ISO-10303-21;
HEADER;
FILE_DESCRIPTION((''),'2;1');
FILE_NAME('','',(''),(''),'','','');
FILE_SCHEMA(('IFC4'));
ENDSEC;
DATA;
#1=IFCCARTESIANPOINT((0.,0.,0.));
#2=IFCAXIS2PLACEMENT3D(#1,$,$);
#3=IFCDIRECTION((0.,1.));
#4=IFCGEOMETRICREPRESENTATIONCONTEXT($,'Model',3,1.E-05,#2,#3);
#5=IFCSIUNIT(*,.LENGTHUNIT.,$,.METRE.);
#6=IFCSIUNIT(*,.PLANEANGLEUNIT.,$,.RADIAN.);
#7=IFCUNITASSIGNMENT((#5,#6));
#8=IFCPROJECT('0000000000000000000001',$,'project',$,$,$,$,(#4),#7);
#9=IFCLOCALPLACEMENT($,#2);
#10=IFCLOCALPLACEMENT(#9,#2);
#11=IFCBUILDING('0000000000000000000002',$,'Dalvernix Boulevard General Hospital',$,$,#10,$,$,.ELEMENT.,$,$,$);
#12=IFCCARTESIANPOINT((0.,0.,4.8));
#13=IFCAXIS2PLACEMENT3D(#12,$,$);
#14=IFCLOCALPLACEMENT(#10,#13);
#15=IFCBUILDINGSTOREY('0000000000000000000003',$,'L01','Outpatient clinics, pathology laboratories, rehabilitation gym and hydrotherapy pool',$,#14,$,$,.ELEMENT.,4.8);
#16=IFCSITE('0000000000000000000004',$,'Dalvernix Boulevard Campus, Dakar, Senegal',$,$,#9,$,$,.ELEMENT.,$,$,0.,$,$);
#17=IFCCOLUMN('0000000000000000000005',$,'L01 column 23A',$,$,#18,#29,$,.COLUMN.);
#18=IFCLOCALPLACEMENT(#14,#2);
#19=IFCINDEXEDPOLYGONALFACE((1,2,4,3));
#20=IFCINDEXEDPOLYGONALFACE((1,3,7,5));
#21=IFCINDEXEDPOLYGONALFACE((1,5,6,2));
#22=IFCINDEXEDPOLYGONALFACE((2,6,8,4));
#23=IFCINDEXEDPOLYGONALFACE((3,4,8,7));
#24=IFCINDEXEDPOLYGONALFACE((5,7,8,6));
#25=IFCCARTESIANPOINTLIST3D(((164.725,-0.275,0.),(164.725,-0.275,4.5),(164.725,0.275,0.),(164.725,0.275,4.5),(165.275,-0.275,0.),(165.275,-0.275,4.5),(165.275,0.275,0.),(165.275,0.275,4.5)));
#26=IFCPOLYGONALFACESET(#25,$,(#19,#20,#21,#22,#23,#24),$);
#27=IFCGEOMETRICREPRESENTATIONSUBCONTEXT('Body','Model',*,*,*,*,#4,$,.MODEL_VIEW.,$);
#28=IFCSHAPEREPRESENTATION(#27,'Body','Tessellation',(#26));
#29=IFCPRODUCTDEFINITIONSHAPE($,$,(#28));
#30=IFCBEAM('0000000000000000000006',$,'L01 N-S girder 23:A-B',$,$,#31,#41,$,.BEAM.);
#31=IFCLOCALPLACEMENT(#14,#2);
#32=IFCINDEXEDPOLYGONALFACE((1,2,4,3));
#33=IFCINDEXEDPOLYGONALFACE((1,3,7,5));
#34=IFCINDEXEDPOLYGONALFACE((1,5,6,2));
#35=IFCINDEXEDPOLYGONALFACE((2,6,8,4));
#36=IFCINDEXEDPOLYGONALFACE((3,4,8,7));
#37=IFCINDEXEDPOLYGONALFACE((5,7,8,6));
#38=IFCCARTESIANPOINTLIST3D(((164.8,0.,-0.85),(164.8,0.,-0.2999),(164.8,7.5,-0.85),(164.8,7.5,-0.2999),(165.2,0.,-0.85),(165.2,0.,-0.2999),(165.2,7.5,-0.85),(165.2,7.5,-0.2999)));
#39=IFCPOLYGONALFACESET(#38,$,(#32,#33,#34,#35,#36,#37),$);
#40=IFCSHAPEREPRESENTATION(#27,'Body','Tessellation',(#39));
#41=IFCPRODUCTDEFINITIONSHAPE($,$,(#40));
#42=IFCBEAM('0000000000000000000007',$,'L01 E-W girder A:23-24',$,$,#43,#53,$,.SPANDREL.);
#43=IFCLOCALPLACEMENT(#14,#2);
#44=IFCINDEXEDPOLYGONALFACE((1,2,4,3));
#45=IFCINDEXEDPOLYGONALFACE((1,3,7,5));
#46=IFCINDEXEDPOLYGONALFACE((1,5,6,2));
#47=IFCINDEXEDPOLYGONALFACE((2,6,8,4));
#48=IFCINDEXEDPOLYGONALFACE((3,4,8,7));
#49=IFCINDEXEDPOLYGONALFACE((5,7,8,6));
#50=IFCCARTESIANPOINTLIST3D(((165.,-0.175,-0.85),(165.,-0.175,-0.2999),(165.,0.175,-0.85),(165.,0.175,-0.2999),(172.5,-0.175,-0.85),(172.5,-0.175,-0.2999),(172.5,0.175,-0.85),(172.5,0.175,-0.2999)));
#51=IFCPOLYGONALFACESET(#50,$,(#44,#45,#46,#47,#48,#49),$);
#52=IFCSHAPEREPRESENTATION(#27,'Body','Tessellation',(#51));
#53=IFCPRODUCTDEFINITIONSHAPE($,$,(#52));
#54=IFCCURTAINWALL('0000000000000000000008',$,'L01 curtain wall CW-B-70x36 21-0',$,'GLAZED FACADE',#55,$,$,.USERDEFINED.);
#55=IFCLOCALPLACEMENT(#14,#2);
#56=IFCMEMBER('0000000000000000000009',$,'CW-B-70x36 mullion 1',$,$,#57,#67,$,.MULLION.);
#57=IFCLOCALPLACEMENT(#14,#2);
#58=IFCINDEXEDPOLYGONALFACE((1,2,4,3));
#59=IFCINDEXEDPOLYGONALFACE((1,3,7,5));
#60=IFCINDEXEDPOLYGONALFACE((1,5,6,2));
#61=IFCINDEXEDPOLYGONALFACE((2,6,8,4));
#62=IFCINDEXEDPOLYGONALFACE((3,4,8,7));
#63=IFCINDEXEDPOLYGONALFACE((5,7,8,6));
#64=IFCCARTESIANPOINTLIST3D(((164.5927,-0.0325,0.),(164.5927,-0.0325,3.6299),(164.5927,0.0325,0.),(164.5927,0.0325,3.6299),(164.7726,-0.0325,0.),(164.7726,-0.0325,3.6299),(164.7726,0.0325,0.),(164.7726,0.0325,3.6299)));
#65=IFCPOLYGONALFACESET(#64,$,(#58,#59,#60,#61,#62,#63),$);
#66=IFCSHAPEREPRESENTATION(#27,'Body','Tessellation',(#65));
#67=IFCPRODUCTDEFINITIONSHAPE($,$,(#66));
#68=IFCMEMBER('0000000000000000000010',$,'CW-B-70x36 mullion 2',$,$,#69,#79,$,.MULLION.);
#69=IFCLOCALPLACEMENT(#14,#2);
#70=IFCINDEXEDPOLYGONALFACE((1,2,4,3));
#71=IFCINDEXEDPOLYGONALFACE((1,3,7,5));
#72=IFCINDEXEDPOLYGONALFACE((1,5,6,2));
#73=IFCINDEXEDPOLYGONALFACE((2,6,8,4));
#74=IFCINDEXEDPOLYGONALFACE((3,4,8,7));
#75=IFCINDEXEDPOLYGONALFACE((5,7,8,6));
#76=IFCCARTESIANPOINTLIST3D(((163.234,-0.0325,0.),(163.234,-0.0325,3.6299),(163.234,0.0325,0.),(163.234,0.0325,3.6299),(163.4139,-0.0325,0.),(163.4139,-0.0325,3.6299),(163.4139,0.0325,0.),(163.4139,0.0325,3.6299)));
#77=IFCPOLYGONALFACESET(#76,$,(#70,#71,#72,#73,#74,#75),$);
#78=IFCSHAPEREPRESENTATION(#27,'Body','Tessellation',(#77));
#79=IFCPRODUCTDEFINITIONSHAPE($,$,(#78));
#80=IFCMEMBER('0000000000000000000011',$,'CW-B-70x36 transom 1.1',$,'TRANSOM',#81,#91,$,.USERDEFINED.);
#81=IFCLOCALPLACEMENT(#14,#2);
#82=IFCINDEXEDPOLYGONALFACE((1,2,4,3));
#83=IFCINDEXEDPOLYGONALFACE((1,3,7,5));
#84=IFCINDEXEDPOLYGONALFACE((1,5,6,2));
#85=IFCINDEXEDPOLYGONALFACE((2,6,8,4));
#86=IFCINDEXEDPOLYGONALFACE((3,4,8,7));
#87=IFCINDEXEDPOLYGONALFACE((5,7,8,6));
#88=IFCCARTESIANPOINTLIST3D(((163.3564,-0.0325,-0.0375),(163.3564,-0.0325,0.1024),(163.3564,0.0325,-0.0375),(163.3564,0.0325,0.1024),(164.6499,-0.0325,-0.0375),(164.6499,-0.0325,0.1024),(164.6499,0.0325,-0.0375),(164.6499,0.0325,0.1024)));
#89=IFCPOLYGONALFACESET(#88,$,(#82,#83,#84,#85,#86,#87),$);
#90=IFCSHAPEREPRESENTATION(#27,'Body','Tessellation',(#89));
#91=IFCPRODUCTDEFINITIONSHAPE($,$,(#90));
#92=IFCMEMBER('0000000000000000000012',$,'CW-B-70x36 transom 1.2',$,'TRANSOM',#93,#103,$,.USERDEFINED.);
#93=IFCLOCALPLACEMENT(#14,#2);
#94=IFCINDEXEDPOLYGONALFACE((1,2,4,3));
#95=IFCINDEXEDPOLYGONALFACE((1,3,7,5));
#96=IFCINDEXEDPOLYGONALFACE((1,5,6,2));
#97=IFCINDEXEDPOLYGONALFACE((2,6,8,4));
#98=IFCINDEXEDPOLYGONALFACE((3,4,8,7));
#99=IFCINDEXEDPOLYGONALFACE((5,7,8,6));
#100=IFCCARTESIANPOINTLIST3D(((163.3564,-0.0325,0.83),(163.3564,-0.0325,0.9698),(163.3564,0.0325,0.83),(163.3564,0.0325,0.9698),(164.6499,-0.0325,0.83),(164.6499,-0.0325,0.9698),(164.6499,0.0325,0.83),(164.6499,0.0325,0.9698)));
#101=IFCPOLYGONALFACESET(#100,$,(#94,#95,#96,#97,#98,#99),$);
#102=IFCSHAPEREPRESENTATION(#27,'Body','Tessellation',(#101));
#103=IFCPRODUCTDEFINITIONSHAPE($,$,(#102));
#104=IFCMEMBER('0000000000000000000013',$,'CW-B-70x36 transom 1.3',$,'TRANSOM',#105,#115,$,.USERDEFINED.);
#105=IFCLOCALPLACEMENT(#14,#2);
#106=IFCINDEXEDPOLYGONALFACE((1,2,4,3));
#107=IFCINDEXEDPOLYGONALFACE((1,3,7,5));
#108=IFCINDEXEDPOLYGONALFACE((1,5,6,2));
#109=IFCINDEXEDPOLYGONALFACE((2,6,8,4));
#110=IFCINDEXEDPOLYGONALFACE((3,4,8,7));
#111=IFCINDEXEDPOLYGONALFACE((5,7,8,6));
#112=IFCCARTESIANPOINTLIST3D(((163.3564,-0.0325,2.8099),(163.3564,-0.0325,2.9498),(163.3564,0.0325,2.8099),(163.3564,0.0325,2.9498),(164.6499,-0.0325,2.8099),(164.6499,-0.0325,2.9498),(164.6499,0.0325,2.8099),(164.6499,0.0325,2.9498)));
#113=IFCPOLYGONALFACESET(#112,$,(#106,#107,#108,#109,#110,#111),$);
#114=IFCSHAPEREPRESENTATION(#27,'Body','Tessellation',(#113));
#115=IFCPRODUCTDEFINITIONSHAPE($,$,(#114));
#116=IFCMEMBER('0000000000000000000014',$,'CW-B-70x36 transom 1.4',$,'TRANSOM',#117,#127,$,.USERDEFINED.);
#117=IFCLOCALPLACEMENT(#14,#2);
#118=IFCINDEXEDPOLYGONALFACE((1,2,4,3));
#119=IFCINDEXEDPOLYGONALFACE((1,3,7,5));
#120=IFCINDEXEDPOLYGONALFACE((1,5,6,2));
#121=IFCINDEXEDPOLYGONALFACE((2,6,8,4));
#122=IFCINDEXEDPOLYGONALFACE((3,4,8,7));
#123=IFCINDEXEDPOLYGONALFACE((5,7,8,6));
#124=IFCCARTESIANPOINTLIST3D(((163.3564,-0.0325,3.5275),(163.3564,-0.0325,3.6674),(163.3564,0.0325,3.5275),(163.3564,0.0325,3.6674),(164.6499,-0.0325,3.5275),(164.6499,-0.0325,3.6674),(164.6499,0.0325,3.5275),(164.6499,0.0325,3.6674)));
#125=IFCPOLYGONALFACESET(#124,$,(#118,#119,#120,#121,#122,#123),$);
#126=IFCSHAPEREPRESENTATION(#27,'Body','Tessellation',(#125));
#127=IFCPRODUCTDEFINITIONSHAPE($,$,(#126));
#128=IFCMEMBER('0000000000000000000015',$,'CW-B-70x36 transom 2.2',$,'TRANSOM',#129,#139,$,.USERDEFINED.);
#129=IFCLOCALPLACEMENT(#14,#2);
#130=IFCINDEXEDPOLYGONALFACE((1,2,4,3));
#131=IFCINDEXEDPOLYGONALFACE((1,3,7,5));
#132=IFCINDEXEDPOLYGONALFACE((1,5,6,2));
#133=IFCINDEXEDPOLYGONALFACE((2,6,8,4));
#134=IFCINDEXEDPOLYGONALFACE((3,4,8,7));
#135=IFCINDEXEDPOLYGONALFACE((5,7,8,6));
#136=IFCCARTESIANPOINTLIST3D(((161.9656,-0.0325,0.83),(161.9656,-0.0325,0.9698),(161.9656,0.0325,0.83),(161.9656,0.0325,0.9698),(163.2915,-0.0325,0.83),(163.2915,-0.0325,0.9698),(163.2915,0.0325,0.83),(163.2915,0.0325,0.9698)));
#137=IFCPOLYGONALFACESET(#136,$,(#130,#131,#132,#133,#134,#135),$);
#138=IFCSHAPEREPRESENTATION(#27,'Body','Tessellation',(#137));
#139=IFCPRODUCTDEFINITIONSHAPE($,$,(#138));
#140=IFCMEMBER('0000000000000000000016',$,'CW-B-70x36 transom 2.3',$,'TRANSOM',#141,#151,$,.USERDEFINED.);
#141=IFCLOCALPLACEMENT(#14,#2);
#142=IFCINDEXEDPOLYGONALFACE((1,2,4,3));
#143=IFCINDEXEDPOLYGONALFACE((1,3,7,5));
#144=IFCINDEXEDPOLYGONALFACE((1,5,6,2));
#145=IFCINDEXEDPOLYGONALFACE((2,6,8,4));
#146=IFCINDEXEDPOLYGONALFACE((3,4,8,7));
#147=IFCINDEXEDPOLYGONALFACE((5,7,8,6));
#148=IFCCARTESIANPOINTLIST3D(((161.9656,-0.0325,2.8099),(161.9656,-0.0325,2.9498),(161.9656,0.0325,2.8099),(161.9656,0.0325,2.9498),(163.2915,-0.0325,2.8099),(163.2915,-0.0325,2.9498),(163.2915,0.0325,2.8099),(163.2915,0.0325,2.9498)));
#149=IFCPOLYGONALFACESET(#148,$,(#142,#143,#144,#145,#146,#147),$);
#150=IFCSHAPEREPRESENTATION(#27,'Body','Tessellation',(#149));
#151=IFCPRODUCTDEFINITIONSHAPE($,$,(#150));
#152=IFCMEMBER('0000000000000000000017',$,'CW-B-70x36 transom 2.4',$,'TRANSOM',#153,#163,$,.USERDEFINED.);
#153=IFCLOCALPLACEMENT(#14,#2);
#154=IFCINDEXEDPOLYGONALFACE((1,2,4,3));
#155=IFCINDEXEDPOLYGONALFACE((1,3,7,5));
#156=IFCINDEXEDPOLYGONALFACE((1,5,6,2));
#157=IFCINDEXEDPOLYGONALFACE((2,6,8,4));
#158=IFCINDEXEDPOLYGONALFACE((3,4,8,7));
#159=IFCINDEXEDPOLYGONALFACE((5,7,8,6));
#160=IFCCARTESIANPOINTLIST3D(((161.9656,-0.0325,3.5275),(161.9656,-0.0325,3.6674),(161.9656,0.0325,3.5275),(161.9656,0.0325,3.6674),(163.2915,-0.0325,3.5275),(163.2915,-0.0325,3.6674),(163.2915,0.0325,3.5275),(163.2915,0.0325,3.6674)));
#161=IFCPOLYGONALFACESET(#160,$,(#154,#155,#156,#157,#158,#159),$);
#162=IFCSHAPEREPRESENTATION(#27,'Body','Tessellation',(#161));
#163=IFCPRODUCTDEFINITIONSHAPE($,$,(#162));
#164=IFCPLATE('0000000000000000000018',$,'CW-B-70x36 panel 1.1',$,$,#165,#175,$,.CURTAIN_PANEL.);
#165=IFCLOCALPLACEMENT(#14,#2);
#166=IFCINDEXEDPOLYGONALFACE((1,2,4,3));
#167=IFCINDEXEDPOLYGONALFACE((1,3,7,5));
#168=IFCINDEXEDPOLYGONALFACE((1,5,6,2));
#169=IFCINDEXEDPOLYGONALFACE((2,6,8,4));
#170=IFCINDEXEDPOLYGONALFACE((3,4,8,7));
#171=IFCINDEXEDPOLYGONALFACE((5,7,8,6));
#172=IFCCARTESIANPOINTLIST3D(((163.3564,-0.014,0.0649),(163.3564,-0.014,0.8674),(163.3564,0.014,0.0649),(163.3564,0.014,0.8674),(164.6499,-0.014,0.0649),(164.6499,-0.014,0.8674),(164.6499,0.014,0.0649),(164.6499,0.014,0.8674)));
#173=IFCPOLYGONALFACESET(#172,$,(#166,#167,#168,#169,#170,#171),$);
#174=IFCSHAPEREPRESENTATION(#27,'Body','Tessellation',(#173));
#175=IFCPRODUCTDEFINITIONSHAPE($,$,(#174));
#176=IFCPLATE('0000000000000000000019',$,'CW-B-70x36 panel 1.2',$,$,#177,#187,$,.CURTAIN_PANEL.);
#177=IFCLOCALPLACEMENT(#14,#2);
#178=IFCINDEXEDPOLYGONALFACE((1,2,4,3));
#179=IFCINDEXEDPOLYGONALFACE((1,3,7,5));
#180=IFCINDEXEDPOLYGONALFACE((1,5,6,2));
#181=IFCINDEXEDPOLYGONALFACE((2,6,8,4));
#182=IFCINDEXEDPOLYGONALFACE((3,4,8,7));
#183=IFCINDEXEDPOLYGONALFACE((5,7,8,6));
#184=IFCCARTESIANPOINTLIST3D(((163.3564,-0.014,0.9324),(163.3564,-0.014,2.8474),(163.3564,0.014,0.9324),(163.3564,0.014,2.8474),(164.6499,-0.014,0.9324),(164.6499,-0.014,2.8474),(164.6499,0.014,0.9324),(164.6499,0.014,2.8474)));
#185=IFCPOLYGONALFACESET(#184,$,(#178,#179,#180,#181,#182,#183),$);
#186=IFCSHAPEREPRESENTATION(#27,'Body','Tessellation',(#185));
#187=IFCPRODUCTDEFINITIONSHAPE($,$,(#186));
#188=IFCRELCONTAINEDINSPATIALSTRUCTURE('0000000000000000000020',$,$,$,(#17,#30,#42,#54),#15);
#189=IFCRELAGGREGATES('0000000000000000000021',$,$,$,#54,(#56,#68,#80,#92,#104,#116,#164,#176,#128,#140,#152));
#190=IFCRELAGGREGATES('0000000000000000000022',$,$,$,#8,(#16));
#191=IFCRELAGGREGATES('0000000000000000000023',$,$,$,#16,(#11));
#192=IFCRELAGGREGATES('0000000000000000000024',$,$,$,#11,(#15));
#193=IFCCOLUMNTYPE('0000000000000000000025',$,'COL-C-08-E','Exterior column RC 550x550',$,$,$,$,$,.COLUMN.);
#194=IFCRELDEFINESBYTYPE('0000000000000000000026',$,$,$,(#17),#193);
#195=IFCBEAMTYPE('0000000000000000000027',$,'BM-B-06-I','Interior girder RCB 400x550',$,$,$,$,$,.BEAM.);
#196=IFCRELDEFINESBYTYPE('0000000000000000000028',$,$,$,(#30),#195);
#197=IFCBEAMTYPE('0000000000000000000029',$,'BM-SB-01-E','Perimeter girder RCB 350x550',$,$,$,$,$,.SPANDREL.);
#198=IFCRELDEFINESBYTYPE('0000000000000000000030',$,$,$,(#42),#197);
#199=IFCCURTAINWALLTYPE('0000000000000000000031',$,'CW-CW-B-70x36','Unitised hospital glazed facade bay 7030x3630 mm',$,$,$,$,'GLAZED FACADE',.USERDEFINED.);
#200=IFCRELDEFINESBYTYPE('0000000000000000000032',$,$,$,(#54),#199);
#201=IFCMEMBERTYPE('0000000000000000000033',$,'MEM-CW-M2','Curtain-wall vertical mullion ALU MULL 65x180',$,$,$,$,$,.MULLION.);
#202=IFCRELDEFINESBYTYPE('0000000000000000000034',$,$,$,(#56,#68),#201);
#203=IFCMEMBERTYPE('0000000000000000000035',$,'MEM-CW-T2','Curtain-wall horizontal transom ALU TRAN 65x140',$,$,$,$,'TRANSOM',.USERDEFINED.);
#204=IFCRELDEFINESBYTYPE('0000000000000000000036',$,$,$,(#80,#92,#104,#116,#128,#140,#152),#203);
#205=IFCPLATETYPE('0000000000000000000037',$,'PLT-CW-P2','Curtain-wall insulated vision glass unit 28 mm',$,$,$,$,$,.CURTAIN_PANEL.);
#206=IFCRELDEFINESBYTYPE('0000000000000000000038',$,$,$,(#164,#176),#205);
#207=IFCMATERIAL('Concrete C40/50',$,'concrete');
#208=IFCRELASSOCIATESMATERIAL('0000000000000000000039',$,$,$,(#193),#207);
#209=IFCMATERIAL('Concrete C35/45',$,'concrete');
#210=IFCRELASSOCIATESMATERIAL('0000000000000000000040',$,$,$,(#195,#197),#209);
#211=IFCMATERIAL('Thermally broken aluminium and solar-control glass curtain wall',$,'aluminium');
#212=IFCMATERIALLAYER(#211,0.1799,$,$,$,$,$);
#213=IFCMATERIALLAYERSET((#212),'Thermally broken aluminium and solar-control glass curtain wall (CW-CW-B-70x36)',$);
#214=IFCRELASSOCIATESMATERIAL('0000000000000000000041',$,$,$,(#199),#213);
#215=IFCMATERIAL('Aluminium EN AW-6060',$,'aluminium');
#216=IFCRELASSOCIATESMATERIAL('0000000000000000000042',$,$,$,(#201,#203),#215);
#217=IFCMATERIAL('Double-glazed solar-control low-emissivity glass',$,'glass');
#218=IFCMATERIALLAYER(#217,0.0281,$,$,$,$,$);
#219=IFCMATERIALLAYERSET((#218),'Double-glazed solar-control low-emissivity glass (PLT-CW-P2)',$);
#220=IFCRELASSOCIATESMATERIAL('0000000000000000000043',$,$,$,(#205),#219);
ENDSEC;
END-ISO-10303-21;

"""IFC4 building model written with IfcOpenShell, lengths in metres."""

from ifc_helpers import new_model, si_unit, direction, frame, origin, origin_2d, place, context, subcontext, project, spatial, rectangle, extrude, material, layer, layer_set, material_profile, profile_set, type_object, element, aggregate, save


model = new_model("IFC4")

# Units and contexts
model_context = context("Model", 3, precision=1e-05, world=origin(), true_north=direction((0.0, 1.0)))
body_context = subcontext(model_context, "Body", "Model", "MODEL_VIEW")
ifc_project = project(units=[si_unit("LENGTHUNIT", "METRE"), si_unit("PLANEANGLEUNIT", "RADIAN")], contexts=[model_context])

# Site, building, storey
site_placement = place(None, origin())
site = spatial("IfcSite", under=ifc_project, at=site_placement, Name="Dalvernix Boulevard Campus, Dakar, Senegal", CompositionType="ELEMENT", RefElevation=0.0)
building_placement = place(site_placement, origin())
building = spatial("IfcBuilding", under=site, at=building_placement, Name="Dalvernix Boulevard General Hospital", CompositionType="ELEMENT")
storey_placement = place(building_placement, frame((0.0, 0.0, 4.8)))
storey = spatial("IfcBuildingStorey", under=building, at=storey_placement, Name="L01", Description="Outpatient clinics, pathology laboratories, rehabilitation gym and hydrotherapy pool", CompositionType="ELEMENT", Elevation=4.8)

# Column
ifc_material_1 = material(Name="Concrete C40/50", Category="concrete")
ifc_material_profile_1 = material_profile(ifc_material_1, rectangle(XDim=0.55, YDim=0.55, at=origin_2d()), Name="RC 550x550")
ifc_profile_set_1 = profile_set([ifc_material_profile_1], Name="Concrete C40/50")
column_type = type_object("IfcColumnType", Name="COL-C-08-E", Description="Exterior column RC 550x550", PredefinedType="COLUMN", material=ifc_profile_set_1)
column_placement = place(storey_placement, frame((165.0, 0.0, 0.0), z_axis=(0.0, 0.0, 1.0), x_axis=(1.0, 0.0, 0.0)))
element("IfcColumn", 1, at=column_placement, inside=storey, type_object=column_type, Name="L01 column 23A", PredefinedType="COLUMN", context=body_context, shape_type="SweptSolid", body=[
    extrude(rectangle(XDim=0.55, YDim=0.55, at=origin_2d()), origin(), (0.0, 0.0, 1.0), 4.5),
])

# Beams
ifc_material_2 = material(Name="Concrete C35/45", Category="concrete")
ifc_material_profile_2 = material_profile(ifc_material_2, rectangle(XDim=0.3999, YDim=0.55, at=origin_2d()), Name="RCB 400x550")
ifc_profile_set_2 = profile_set([ifc_material_profile_2], Name="Concrete C35/45")
beam_type_1 = type_object("IfcBeamType", Name="BM-B-06-I", Description="Interior girder RCB 400x550", PredefinedType="BEAM", material=ifc_profile_set_2)
beam_1_placement = place(storey_placement, frame((165.0, 0.0, -0.575), z_axis=(0.0, 1.0, 0.0), x_axis=(-1.0, 0.0, 0.0)))
element("IfcBeam", 2, at=beam_1_placement, inside=storey, type_object=beam_type_1, Name="L01 N-S girder 23:A-B", PredefinedType="BEAM", context=body_context, shape_type="SweptSolid", body=[
    extrude(rectangle(XDim=0.3999, YDim=0.55, at=origin_2d()), origin(), (0.0, 0.0, 1.0), 7.5),
])
ifc_material_profile_3 = material_profile(ifc_material_2, rectangle(XDim=0.3501, YDim=0.55, at=origin_2d()), Name="RCB 350x550")
ifc_profile_set_3 = profile_set([ifc_material_profile_3], Name="Concrete C35/45")
beam_type_2 = type_object("IfcBeamType", Name="BM-SB-01-E", Description="Perimeter girder RCB 350x550", PredefinedType="SPANDREL", material=ifc_profile_set_3)
beam_2_placement = place(storey_placement, frame((165.0, 0.0, -0.575), z_axis=(1.0, 0.0, 0.0), x_axis=(0.0, 1.0, 0.0)))
element("IfcBeam", 3, at=beam_2_placement, inside=storey, type_object=beam_type_2, Name="L01 E-W girder A:23-24", PredefinedType="SPANDREL", context=body_context, shape_type="SweptSolid", body=[
    extrude(rectangle(XDim=0.3501, YDim=0.55, at=origin_2d()), origin(), (0.0, 0.0, 1.0), 7.5),
])

# Curtain wall, members, plates
ifc_material_3 = material(Name="Thermally broken aluminium and solar-control glass curtain wall", Category="aluminium")
ifc_layer_1 = layer(ifc_material_3, 0.1799)
ifc_layer_set_1 = layer_set([ifc_layer_1], Name="Thermally broken aluminium and solar-control glass curtain wall (CW-CW-B-70x36)")
curtain_wall_type = type_object("IfcCurtainWallType", Name="CW-CW-B-70x36", Description="Unitised hospital glazed facade bay 7030x3630 mm", ElementType="GLAZED FACADE", PredefinedType="USERDEFINED", material=ifc_layer_set_1)
curtain_wall_placement = place(storey_placement, origin())
curtain_wall = element("IfcCurtainWall", 4, at=curtain_wall_placement, inside=storey, type_object=curtain_wall_type, Name="L01 curtain wall CW-B-70x36 21-0", ObjectType="GLAZED FACADE", PredefinedType="USERDEFINED")
ifc_material_4 = material(Name="Aluminium EN AW-6060", Category="aluminium")
ifc_material_profile_4 = material_profile(ifc_material_4, rectangle(XDim=0.0649, YDim=0.1799, at=origin_2d()), Name="ALU MULL 65x180")
ifc_profile_set_4 = profile_set([ifc_material_profile_4], Name="Aluminium EN AW-6060")
member_type_1 = type_object("IfcMemberType", Name="MEM-CW-M2", Description="Curtain-wall vertical mullion ALU MULL 65x180", PredefinedType="MULLION", material=ifc_profile_set_4)
member_1_placement = place(storey_placement, frame((164.6826, 0.0, 0.0), z_axis=(0.0, 0.0, 1.0), x_axis=(0.0, -1.0, 0.0)))
member_1 = element("IfcMember", 5, at=member_1_placement, type_object=member_type_1, Name="CW-B-70x36 mullion 1", PredefinedType="MULLION", context=body_context, shape_type="SweptSolid", body=[
    extrude(rectangle(XDim=0.0649, YDim=0.1799, at=origin_2d()), origin(), (0.0, 0.0, 1.0), 3.6299),
])
member_2_placement = place(storey_placement, frame((163.324, 0.0, 0.0), z_axis=(0.0, 0.0, 1.0), x_axis=(0.0, -1.0, 0.0)))
member_2 = element("IfcMember", 6, at=member_2_placement, type_object=member_type_1, Name="CW-B-70x36 mullion 2", PredefinedType="MULLION", context=body_context, shape_type="SweptSolid", body=[
    extrude(rectangle(XDim=0.0649, YDim=0.1799, at=origin_2d()), origin(), (0.0, 0.0, 1.0), 3.6299),
])
ifc_material_profile_5 = material_profile(ifc_material_4, rectangle(XDim=0.0649, YDim=0.1399, at=origin_2d()), Name="ALU TRAN 65x140")
ifc_profile_set_5 = profile_set([ifc_material_profile_5], Name="Aluminium EN AW-6060")
member_type_2 = type_object("IfcMemberType", Name="MEM-CW-T2", Description="Curtain-wall horizontal transom ALU TRAN 65x140", ElementType="TRANSOM", PredefinedType="USERDEFINED", material=ifc_profile_set_5)
member_3_placement = place(storey_placement, frame((164.6499, 0.0, 0.0325), z_axis=(-1.0, 0.0, 0.0), x_axis=(0.0, -1.0, 0.0)))
member_3 = element("IfcMember", 7, at=member_3_placement, type_object=member_type_2, Name="CW-B-70x36 transom 1.1", ObjectType="TRANSOM", PredefinedType="USERDEFINED", context=body_context, shape_type="SweptSolid", body=[
    extrude(rectangle(XDim=0.0649, YDim=0.1399, at=origin_2d()), origin(), (0.0, 0.0, 1.0), 1.2935),
])
member_4_placement = place(storey_placement, frame((164.6499, 0.0, 0.8999), z_axis=(-1.0, 0.0, 0.0), x_axis=(0.0, -1.0, 0.0)))
member_4 = element("IfcMember", 8, at=member_4_placement, type_object=member_type_2, Name="CW-B-70x36 transom 1.2", ObjectType="TRANSOM", PredefinedType="USERDEFINED", context=body_context, shape_type="SweptSolid", body=[
    extrude(rectangle(XDim=0.0649, YDim=0.1399, at=origin_2d()), origin(), (0.0, 0.0, 1.0), 1.2935),
])
member_5_placement = place(storey_placement, frame((164.6499, 0.0, 2.8799), z_axis=(-1.0, 0.0, 0.0), x_axis=(0.0, -1.0, 0.0)))
member_5 = element("IfcMember", 9, at=member_5_placement, type_object=member_type_2, Name="CW-B-70x36 transom 1.3", ObjectType="TRANSOM", PredefinedType="USERDEFINED", context=body_context, shape_type="SweptSolid", body=[
    extrude(rectangle(XDim=0.0649, YDim=0.1399, at=origin_2d()), origin(), (0.0, 0.0, 1.0), 1.2935),
])
member_6_placement = place(storey_placement, frame((164.6499, 0.0, 3.5974), z_axis=(-1.0, 0.0, 0.0), x_axis=(0.0, -1.0, 0.0)))
member_6 = element("IfcMember", 10, at=member_6_placement, type_object=member_type_2, Name="CW-B-70x36 transom 1.4", ObjectType="TRANSOM", PredefinedType="USERDEFINED", context=body_context, shape_type="SweptSolid", body=[
    extrude(rectangle(XDim=0.0649, YDim=0.1399, at=origin_2d()), origin(), (0.0, 0.0, 1.0), 1.2935),
])
member_7_placement = place(storey_placement, frame((163.2915, 0.0, 0.8999), z_axis=(-1.0, 0.0, 0.0), x_axis=(0.0, -1.0, 0.0)))
member_7 = element("IfcMember", 11, at=member_7_placement, type_object=member_type_2, Name="CW-B-70x36 transom 2.2", ObjectType="TRANSOM", PredefinedType="USERDEFINED", context=body_context, shape_type="SweptSolid", body=[
    extrude(rectangle(XDim=0.0649, YDim=0.1399, at=origin_2d()), origin(), (0.0, 0.0, 1.0), 1.3259),
])
member_8_placement = place(storey_placement, frame((163.2915, 0.0, 2.8799), z_axis=(-1.0, 0.0, 0.0), x_axis=(0.0, -1.0, 0.0)))
member_8 = element("IfcMember", 12, at=member_8_placement, type_object=member_type_2, Name="CW-B-70x36 transom 2.3", ObjectType="TRANSOM", PredefinedType="USERDEFINED", context=body_context, shape_type="SweptSolid", body=[
    extrude(rectangle(XDim=0.0649, YDim=0.1399, at=origin_2d()), origin(), (0.0, 0.0, 1.0), 1.3259),
])
member_9_placement = place(storey_placement, frame((163.2915, 0.0, 3.5974), z_axis=(-1.0, 0.0, 0.0), x_axis=(0.0, -1.0, 0.0)))
member_9 = element("IfcMember", 13, at=member_9_placement, type_object=member_type_2, Name="CW-B-70x36 transom 2.4", ObjectType="TRANSOM", PredefinedType="USERDEFINED", context=body_context, shape_type="SweptSolid", body=[
    extrude(rectangle(XDim=0.0649, YDim=0.1399, at=origin_2d()), origin(), (0.0, 0.0, 1.0), 1.3259),
])
ifc_material_5 = material(Name="Double-glazed solar-control low-emissivity glass", Category="glass")
ifc_layer_2 = layer(ifc_material_5, 0.0281)
ifc_layer_set_2 = layer_set([ifc_layer_2], Name="Double-glazed solar-control low-emissivity glass (PLT-CW-P2)")
plate_type = type_object("IfcPlateType", Name="PLT-CW-P2", Description="Curtain-wall insulated vision glass unit 28 mm", PredefinedType="CURTAIN_PANEL", material=ifc_layer_set_2)
plate_1_placement = place(storey_placement, frame((164.0032, 0.0, 0.0649), z_axis=(0.0, 0.0, 1.0), x_axis=(-1.0, 0.0, 0.0)))
plate_1 = element("IfcPlate", 14, at=plate_1_placement, type_object=plate_type, Name="CW-B-70x36 panel 1.1", PredefinedType="CURTAIN_PANEL", context=body_context, shape_type="SweptSolid", body=[
    extrude(rectangle(XDim=1.2935, YDim=0.0281, at=origin_2d()), origin(), (0.0, 0.0, 1.0), 0.8025),
])
plate_2_placement = place(storey_placement, frame((164.0032, 0.0, 0.9324), z_axis=(0.0, 0.0, 1.0), x_axis=(-1.0, 0.0, 0.0)))
plate_2 = element("IfcPlate", 15, at=plate_2_placement, type_object=plate_type, Name="CW-B-70x36 panel 1.2", PredefinedType="CURTAIN_PANEL", context=body_context, shape_type="SweptSolid", body=[
    extrude(rectangle(XDim=1.2935, YDim=0.0281, at=origin_2d()), origin(), (0.0, 0.0, 1.0), 1.915),
])
aggregate(curtain_wall, [member_1, member_2, member_3, member_4, member_5, member_6, plate_1, plate_2, member_7, member_8, member_9])

save(model, "model.ifc")
